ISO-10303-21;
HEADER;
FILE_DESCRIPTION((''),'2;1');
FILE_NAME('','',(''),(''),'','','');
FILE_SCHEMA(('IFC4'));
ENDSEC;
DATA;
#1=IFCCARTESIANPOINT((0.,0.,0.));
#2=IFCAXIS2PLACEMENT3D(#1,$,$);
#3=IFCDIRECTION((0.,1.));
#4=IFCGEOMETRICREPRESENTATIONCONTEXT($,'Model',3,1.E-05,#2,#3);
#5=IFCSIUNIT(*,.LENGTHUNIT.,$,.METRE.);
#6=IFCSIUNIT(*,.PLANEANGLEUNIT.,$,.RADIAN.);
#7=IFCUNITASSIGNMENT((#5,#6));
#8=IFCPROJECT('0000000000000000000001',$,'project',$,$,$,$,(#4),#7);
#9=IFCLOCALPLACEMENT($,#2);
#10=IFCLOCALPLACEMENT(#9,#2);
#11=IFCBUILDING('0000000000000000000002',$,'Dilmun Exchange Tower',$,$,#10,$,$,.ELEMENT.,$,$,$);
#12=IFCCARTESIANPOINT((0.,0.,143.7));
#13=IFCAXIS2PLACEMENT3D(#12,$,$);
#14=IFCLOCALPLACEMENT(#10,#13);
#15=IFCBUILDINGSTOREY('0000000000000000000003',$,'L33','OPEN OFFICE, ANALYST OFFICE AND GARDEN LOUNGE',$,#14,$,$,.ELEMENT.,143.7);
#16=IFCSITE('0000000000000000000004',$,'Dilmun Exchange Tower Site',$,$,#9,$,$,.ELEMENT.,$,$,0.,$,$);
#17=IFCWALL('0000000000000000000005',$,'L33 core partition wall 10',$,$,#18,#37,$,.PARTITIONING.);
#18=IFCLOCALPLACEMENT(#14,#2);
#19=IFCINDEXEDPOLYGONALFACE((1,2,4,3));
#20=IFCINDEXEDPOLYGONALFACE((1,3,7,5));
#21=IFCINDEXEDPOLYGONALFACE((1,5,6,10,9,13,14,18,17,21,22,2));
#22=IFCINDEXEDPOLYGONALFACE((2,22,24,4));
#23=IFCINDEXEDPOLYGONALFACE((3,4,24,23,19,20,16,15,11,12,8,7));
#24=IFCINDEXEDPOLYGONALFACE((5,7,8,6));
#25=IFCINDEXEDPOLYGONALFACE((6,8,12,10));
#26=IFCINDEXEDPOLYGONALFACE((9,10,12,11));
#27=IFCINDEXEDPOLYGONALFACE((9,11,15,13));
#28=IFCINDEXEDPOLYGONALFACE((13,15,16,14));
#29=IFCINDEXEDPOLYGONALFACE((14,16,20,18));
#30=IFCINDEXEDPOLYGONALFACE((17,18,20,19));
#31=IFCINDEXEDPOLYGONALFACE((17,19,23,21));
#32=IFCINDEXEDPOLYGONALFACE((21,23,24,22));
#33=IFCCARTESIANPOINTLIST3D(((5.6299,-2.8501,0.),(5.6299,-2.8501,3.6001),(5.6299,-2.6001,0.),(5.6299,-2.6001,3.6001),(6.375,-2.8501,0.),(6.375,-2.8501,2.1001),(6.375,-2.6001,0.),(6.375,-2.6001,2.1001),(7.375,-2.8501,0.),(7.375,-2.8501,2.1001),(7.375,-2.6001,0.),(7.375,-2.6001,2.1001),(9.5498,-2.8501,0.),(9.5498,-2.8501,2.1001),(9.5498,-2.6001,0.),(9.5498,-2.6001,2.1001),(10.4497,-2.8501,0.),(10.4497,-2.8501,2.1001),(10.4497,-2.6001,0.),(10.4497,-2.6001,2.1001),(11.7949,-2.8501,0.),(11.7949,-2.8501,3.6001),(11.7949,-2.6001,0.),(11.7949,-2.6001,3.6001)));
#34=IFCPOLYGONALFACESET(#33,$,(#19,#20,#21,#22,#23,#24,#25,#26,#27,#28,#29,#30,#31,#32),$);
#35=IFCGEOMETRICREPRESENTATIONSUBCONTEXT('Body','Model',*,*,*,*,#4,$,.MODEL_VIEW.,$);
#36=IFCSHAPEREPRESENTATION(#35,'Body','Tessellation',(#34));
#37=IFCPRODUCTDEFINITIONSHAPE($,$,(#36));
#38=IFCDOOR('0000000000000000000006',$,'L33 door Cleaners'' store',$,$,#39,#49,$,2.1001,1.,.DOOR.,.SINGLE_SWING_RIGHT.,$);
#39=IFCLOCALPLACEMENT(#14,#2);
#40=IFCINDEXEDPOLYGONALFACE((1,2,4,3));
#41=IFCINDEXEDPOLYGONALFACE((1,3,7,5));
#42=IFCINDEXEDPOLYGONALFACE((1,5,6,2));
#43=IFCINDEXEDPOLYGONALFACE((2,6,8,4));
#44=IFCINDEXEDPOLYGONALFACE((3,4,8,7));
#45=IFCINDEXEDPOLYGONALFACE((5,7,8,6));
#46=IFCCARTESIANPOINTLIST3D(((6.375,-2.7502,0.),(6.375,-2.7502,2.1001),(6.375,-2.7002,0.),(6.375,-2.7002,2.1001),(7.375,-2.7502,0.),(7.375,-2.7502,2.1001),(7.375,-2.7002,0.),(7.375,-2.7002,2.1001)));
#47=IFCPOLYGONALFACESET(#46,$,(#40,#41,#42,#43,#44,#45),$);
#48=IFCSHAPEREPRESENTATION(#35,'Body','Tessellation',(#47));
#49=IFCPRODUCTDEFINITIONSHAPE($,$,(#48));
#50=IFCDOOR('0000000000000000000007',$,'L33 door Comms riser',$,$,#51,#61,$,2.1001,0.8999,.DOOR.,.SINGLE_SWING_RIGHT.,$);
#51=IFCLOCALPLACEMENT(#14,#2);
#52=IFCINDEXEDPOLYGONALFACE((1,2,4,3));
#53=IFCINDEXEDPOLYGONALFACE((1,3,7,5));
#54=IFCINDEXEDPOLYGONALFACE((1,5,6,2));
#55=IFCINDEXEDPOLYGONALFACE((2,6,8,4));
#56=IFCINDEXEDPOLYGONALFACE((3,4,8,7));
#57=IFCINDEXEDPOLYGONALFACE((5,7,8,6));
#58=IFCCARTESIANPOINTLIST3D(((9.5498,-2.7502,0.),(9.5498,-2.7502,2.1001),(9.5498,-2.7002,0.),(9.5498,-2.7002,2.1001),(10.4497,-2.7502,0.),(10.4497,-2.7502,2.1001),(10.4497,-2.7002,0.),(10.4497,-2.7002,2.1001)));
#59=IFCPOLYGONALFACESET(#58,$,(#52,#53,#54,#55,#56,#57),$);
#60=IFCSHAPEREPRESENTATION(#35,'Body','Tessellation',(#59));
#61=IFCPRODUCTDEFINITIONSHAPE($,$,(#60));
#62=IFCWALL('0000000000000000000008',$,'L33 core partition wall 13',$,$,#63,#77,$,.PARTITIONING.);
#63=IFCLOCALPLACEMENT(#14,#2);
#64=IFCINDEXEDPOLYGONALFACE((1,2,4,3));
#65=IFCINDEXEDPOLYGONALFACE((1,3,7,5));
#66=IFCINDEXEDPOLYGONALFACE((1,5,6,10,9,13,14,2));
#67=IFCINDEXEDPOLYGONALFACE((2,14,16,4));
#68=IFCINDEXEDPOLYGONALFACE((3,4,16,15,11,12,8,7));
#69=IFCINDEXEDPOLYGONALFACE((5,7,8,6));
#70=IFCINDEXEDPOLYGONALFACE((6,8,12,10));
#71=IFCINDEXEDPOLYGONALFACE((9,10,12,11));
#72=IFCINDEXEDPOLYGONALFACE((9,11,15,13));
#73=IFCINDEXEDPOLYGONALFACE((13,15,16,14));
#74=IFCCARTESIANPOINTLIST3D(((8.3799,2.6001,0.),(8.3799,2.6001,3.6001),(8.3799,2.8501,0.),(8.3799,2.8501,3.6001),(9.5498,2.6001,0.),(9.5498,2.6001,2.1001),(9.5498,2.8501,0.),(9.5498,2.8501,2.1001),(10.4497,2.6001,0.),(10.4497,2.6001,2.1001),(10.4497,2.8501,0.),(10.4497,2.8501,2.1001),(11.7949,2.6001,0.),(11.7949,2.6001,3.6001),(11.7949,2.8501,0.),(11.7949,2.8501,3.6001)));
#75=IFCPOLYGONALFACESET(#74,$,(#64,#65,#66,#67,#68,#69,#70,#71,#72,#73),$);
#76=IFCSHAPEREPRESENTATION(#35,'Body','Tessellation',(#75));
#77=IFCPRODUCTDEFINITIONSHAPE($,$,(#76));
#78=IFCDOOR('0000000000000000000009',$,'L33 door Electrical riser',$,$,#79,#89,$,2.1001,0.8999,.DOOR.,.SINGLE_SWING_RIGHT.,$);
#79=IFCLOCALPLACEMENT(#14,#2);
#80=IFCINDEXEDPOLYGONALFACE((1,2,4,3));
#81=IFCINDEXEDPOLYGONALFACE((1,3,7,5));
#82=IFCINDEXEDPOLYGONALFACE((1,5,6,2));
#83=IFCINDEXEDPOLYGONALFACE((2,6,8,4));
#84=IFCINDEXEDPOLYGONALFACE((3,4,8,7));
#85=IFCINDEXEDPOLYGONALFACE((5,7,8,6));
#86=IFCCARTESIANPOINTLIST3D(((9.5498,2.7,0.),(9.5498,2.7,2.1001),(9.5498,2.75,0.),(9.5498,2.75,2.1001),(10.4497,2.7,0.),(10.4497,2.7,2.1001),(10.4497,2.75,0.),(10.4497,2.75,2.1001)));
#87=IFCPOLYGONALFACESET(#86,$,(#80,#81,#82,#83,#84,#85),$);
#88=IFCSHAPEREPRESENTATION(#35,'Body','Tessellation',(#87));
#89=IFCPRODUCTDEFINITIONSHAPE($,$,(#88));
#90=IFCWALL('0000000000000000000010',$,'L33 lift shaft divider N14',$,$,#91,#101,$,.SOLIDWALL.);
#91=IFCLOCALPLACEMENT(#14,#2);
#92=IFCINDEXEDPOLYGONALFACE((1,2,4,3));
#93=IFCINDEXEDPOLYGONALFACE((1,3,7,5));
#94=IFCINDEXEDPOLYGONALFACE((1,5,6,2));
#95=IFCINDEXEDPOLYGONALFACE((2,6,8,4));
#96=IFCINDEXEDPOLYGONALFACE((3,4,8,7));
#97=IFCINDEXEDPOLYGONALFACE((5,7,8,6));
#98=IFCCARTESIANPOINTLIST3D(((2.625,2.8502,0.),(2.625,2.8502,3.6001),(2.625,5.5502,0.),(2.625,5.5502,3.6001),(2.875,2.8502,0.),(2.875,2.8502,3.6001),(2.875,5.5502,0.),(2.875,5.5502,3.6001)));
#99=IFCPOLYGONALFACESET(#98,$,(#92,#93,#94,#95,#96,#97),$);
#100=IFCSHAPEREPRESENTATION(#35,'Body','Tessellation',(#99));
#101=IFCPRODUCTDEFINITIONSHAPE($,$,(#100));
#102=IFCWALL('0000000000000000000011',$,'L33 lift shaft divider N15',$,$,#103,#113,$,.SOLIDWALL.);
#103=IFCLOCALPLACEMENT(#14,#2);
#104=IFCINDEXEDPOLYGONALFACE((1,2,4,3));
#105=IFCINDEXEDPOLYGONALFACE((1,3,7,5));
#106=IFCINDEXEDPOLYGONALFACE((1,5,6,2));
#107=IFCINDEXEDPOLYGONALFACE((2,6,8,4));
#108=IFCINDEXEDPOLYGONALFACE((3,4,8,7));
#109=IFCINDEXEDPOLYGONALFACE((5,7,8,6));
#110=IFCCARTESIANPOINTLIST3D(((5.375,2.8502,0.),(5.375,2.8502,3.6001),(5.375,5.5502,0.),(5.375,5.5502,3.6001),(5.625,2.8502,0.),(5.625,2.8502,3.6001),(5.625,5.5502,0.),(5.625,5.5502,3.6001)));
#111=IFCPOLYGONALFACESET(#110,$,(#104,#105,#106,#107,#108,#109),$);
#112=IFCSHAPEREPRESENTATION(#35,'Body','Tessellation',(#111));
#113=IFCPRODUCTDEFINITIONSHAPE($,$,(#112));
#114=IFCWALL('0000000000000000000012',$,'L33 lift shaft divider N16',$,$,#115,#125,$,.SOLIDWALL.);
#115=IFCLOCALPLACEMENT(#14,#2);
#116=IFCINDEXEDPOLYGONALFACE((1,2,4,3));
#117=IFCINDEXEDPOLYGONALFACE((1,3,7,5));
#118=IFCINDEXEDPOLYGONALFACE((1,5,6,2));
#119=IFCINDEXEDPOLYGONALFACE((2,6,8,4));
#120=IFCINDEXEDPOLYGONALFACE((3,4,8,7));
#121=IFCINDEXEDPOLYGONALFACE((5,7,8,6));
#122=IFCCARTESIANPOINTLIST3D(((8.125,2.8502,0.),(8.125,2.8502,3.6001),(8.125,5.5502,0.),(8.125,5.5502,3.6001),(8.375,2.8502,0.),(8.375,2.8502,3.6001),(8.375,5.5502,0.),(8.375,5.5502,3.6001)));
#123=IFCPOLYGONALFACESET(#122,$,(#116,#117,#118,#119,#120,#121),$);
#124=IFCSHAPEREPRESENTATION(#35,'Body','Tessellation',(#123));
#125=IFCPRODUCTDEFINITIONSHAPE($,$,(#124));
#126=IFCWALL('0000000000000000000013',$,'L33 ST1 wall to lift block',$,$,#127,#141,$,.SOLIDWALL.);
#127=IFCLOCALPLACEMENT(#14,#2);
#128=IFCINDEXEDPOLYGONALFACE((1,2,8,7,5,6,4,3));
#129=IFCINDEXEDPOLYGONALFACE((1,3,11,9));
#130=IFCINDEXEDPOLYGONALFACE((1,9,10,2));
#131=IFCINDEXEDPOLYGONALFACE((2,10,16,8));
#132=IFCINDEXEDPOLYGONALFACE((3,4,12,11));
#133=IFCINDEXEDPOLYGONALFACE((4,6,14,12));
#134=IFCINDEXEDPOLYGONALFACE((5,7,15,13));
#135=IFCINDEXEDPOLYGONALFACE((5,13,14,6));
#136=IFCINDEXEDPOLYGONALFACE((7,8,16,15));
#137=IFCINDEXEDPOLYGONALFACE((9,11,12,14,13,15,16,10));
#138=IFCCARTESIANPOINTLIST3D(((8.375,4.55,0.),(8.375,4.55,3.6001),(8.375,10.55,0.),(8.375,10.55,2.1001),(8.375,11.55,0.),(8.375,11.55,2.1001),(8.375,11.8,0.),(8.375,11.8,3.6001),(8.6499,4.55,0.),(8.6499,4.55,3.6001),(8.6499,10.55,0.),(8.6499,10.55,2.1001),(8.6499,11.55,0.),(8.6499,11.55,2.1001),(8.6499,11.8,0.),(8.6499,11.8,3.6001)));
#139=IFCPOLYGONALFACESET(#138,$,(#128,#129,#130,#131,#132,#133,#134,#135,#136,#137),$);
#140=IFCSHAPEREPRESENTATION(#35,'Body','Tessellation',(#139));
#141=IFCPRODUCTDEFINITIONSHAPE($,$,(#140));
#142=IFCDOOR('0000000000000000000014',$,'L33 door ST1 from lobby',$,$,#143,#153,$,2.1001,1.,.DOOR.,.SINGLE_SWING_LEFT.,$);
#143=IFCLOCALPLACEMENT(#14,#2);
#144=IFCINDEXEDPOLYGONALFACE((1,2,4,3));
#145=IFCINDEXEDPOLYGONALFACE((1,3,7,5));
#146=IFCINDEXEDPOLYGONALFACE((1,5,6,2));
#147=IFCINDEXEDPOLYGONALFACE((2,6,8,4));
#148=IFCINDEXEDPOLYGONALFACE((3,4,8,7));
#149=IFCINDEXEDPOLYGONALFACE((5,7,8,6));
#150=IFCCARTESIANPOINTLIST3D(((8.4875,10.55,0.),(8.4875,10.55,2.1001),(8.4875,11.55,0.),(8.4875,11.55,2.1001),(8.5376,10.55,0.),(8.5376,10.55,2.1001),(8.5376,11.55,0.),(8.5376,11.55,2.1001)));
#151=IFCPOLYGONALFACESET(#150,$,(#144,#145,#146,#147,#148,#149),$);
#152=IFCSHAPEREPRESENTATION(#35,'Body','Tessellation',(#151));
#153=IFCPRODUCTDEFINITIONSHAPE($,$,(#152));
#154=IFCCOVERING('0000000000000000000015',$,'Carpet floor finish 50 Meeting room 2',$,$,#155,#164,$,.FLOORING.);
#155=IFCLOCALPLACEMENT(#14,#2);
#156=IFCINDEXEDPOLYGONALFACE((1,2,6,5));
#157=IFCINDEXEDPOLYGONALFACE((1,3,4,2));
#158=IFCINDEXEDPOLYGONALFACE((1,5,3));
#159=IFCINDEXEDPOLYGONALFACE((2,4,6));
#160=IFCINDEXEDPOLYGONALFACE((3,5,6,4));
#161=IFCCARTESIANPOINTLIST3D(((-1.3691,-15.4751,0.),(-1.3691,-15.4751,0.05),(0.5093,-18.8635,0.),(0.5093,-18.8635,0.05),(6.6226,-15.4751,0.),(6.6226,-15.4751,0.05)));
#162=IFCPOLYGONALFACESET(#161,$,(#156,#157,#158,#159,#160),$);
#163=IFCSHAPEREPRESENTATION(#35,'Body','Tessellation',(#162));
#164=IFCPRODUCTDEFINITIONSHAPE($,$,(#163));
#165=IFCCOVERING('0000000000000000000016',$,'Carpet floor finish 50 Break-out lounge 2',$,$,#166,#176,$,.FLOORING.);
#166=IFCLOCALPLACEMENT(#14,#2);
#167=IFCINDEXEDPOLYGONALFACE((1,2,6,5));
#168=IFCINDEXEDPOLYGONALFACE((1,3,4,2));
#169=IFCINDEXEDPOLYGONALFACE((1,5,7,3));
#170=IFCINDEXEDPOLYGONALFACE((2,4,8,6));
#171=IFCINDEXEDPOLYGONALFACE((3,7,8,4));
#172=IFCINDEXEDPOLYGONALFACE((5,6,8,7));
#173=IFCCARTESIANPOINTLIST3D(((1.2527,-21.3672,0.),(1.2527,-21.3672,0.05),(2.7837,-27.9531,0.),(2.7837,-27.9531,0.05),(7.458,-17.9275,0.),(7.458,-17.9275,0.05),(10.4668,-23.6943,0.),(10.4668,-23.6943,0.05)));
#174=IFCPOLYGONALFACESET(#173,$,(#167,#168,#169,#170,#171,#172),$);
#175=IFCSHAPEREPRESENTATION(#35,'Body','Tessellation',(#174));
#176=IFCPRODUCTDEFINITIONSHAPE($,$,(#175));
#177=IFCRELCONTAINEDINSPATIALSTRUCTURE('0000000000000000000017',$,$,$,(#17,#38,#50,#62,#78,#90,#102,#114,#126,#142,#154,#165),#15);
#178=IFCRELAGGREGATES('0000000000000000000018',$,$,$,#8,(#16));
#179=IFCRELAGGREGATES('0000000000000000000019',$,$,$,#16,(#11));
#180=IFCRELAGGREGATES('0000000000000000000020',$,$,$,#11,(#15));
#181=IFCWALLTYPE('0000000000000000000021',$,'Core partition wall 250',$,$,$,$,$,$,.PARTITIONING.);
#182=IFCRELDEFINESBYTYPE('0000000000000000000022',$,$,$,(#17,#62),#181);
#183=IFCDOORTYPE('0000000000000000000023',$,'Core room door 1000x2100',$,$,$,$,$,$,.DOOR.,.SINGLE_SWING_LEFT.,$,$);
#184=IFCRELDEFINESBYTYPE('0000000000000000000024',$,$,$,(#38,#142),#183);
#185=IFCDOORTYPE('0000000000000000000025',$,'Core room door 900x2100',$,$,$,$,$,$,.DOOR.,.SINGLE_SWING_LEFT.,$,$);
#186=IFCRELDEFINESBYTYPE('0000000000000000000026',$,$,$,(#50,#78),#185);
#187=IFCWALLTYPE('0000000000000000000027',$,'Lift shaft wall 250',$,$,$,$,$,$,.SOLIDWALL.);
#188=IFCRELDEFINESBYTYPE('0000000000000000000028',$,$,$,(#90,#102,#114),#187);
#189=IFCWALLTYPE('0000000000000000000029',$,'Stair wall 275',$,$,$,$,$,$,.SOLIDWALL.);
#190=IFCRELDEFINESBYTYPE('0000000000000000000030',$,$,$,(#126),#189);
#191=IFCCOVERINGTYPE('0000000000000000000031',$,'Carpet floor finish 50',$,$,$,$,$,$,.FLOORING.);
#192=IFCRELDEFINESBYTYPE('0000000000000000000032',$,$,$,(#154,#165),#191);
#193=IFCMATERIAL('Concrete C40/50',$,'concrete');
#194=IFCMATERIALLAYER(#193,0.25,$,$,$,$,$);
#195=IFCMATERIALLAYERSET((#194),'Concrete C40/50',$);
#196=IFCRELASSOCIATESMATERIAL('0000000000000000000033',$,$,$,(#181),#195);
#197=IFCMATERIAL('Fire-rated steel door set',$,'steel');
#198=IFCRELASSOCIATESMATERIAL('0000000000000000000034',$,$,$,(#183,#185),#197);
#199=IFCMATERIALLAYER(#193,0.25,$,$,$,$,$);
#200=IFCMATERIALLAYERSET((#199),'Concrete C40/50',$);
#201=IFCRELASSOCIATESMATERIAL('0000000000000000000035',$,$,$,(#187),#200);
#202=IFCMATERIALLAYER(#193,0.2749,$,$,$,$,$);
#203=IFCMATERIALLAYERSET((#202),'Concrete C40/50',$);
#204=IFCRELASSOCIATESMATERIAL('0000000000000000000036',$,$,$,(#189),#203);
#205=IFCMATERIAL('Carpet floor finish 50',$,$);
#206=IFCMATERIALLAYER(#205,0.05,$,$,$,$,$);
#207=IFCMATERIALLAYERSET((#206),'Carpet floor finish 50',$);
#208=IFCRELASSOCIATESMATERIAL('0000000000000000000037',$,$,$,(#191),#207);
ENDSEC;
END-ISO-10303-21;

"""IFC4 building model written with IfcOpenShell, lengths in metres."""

from ifc_helpers import new_model, si_unit, direction, frame, frame_2d, origin, place, context, subcontext, project, spatial, polyline, rectangle, outline, extrude, material, layer, layer_set, type_object, element, fill, save


model = new_model("IFC4")

# Units and contexts
model_context = context("Model", 3, precision=1e-05, world=origin(), true_north=direction((0.0, 1.0)))
body_context = subcontext(model_context, "Body", "Model", "MODEL_VIEW")
ifc_project = project(units=[si_unit("LENGTHUNIT", "METRE"), si_unit("PLANEANGLEUNIT", "RADIAN")], contexts=[model_context])

# Site, building, storey
site_placement = place(None, origin())
site = spatial("IfcSite", under=ifc_project, at=site_placement, Name="Dilmun Exchange Tower Site", CompositionType="ELEMENT", RefElevation=0.0)
building_placement = place(site_placement, origin())
building = spatial("IfcBuilding", under=site, at=building_placement, Name="Dilmun Exchange Tower", CompositionType="ELEMENT")
storey_placement = place(building_placement, frame((0.0, 0.0, 143.7)))
storey = spatial("IfcBuildingStorey", under=building, at=storey_placement, Name="L33", Description="OPEN OFFICE, ANALYST OFFICE AND GARDEN LOUNGE", CompositionType="ELEMENT", Elevation=143.7)

# Shared definitions
ifc_material_1 = material(Name="Concrete C40/50", Category="concrete")
ifc_material_2 = material(Name="Fire-rated steel door set", Category="steel")

# Wall, openings, doors
ifc_layer_1 = layer(ifc_material_1, 0.25)
ifc_layer_set_1 = layer_set([ifc_layer_1], Name="Concrete C40/50")
wall_type_1 = type_object("IfcWallType", Name="Core partition wall 250", PredefinedType="PARTITIONING", material=ifc_layer_set_1)
wall_1_placement = place(storey_placement, frame((5.6299, -2.7251, 0.0), z_axis=(0.0, 0.0, 1.0), x_axis=(1.0, 0.0, 0.0)))
wall_1 = element("IfcWall", 1, at=wall_1_placement, inside=storey, type_object=wall_type_1, Name="L33 core partition wall 10", PredefinedType="PARTITIONING", context=body_context, shape_type="SweptSolid", body=[
    extrude(rectangle(XDim=6.165, YDim=0.25, at=frame_2d((3.0825, 0.0))), origin(), (0.0, 0.0, 1.0), 3.6001),
])
opening_1_placement = place(wall_1_placement, frame((0.7451, 0.0, 0.0)))
opening_1 = element("IfcOpeningElement", 2, at=opening_1_placement, cuts=wall_1, PredefinedType="OPENING", context=body_context, shape_type="SweptSolid", body=[
    extrude(rectangle(XDim=1.0, YDim=2.1001, at=frame_2d((0.5, 1.05))), frame((0.0, 0.135, 0.0), z_axis=(0.0, -1.0, 0.0), x_axis=(1.0, 0.0, 0.0)), (0.0, 0.0, 1.0), 0.27),
])
opening_2_placement = place(wall_1_placement, frame((3.9199, 0.0, 0.0)))
opening_2 = element("IfcOpeningElement", 3, at=opening_2_placement, cuts=wall_1, PredefinedType="OPENING", context=body_context, shape_type="SweptSolid", body=[
    extrude(rectangle(XDim=0.8999, YDim=2.1001, at=frame_2d((0.45, 1.05))), frame((0.0, 0.135, 0.0), z_axis=(0.0, -1.0, 0.0), x_axis=(1.0, 0.0, 0.0)), (0.0, 0.0, 1.0), 0.27),
])
door_type_1 = type_object("IfcDoorType", Name="Core room door 1000x2100", OperationType="SINGLE_SWING_LEFT", PredefinedType="DOOR", material=ifc_material_2)
door_1_placement = place(opening_1_placement, origin())
door_1 = element("IfcDoor", 4, at=door_1_placement, inside=storey, type_object=door_type_1, Name="L33 door Cleaners' store", OperationType="SINGLE_SWING_RIGHT", OverallHeight=2.1001, OverallWidth=1.0, PredefinedType="DOOR", context=body_context, shape_type="SweptSolid", body=[
    extrude(rectangle(XDim=1.0, YDim=2.1001, at=frame_2d((0.5, 1.05))), frame((0.0, 0.0249, 0.0), z_axis=(0.0, -1.0, 0.0), x_axis=(1.0, 0.0, 0.0)), (0.0, 0.0, 1.0), 0.05),
])
fill(opening_1, door_1)
door_type_2 = type_object("IfcDoorType", Name="Core room door 900x2100", OperationType="SINGLE_SWING_LEFT", PredefinedType="DOOR", material=ifc_material_2)
door_2_placement = place(opening_2_placement, origin())
door_2 = element("IfcDoor", 5, at=door_2_placement, inside=storey, type_object=door_type_2, Name="L33 door Comms riser", OperationType="SINGLE_SWING_RIGHT", OverallHeight=2.1001, OverallWidth=0.8999, PredefinedType="DOOR", context=body_context, shape_type="SweptSolid", body=[
    extrude(rectangle(XDim=0.8999, YDim=2.1001, at=frame_2d((0.45, 1.05))), frame((0.0, 0.0249, 0.0), z_axis=(0.0, -1.0, 0.0), x_axis=(1.0, 0.0, 0.0)), (0.0, 0.0, 1.0), 0.05),
])
fill(opening_2, door_2)

# Wall, opening, door
wall_2_placement = place(storey_placement, frame((8.3799, 2.7251, 0.0), z_axis=(0.0, 0.0, 1.0), x_axis=(1.0, 0.0, 0.0)))
wall_2 = element("IfcWall", 6, at=wall_2_placement, inside=storey, type_object=wall_type_1, Name="L33 core partition wall 13", PredefinedType="PARTITIONING", context=body_context, shape_type="SweptSolid", body=[
    extrude(rectangle(XDim=3.415, YDim=0.25, at=frame_2d((1.7075, 0.0))), origin(), (0.0, 0.0, 1.0), 3.6001),
])
opening_3_placement = place(wall_2_placement, frame((1.1699, 0.0, 0.0)))
opening_3 = element("IfcOpeningElement", 7, at=opening_3_placement, cuts=wall_2, PredefinedType="OPENING", context=body_context, shape_type="SweptSolid", body=[
    extrude(rectangle(XDim=0.8999, YDim=2.1001, at=frame_2d((0.45, 1.05))), frame((0.0, 0.135, 0.0), z_axis=(0.0, -1.0, 0.0), x_axis=(1.0, 0.0, 0.0)), (0.0, 0.0, 1.0), 0.27),
])
door_3_placement = place(opening_3_placement, origin())
door_3 = element("IfcDoor", 8, at=door_3_placement, inside=storey, type_object=door_type_2, Name="L33 door Electrical riser", OperationType="SINGLE_SWING_RIGHT", OverallHeight=2.1001, OverallWidth=0.8999, PredefinedType="DOOR", context=body_context, shape_type="SweptSolid", body=[
    extrude(rectangle(XDim=0.8999, YDim=2.1001, at=frame_2d((0.45, 1.05))), frame((0.0, 0.0249, 0.0), z_axis=(0.0, -1.0, 0.0), x_axis=(1.0, 0.0, 0.0)), (0.0, 0.0, 1.0), 0.05),
])
fill(opening_3, door_3)

# Walls
ifc_layer_2 = layer(ifc_material_1, 0.25)
ifc_layer_set_2 = layer_set([ifc_layer_2], Name="Concrete C40/50")
wall_type_2 = type_object("IfcWallType", Name="Lift shaft wall 250", PredefinedType="SOLIDWALL", material=ifc_layer_set_2)
for number, where, z_axis, x_axis, name in (
    (9, (2.75, 2.8501, 0.0), (0.0, 0.0, 1.0), (0.0, 1.0, 0.0), "L33 lift shaft divider N14"),
    (10, (5.5, 2.8501, 0.0), (0.0, 0.0, 1.0), (0.0, 1.0, 0.0), "L33 lift shaft divider N15"),
    (11, (8.25, 2.8501, 0.0), (0.0, 0.0, 1.0), (0.0, 1.0, 0.0), "L33 lift shaft divider N16"),
):
    element("IfcWall", number, at=place(storey_placement, frame(where, z_axis=z_axis, x_axis=x_axis)), inside=storey, type_object=wall_type_2, Name=name, PredefinedType="SOLIDWALL", context=body_context, shape_type="SweptSolid", body=[
        extrude(rectangle(XDim=2.7, YDim=0.25, at=frame_2d((1.3501, 0.0))), origin(), (0.0, 0.0, 1.0), 3.6001),
    ])

# Wall, opening, door
ifc_layer_3 = layer(ifc_material_1, 0.2749)
ifc_layer_set_3 = layer_set([ifc_layer_3], Name="Concrete C40/50")
wall_type_3 = type_object("IfcWallType", Name="Stair wall 275", PredefinedType="SOLIDWALL", material=ifc_layer_set_3)
wall_3_placement = place(storey_placement, frame((8.5125, 4.55, 0.0), z_axis=(0.0, 0.0, 1.0), x_axis=(0.0, 1.0, 0.0)))
wall_3 = element("IfcWall", 12, at=wall_3_placement, inside=storey, type_object=wall_type_3, Name="L33 ST1 wall to lift block", PredefinedType="SOLIDWALL", context=body_context, shape_type="SweptSolid", body=[
    extrude(rectangle(XDim=7.25, YDim=0.2749, at=frame_2d((3.625, 0.0))), origin(), (0.0, 0.0, 1.0), 3.6001),
])
opening_4_placement = place(wall_3_placement, frame((6.0, 0.0, 0.0)))
opening_4 = element("IfcOpeningElement", 13, at=opening_4_placement, cuts=wall_3, PredefinedType="OPENING", context=body_context, shape_type="SweptSolid", body=[
    extrude(rectangle(XDim=1.0, YDim=2.1001, at=frame_2d((0.5, 1.05))), frame((0.0, 0.1475, 0.0), z_axis=(0.0, -1.0, 0.0), x_axis=(1.0, 0.0, 0.0)), (0.0, 0.0, 1.0), 0.2949),
])
door_4_placement = place(opening_4_placement, origin())
door_4 = element("IfcDoor", 14, at=door_4_placement, inside=storey, type_object=door_type_1, Name="L33 door ST1 from lobby", OperationType="SINGLE_SWING_LEFT", OverallHeight=2.1001, OverallWidth=1.0, PredefinedType="DOOR", context=body_context, shape_type="SweptSolid", body=[
    extrude(rectangle(XDim=1.0, YDim=2.1001, at=frame_2d((0.5, 1.05))), frame((0.0, 0.0249, 0.0), z_axis=(0.0, -1.0, 0.0), x_axis=(1.0, 0.0, 0.0)), (0.0, 0.0, 1.0), 0.05),
])
fill(opening_4, door_4)

# Coverings
ifc_material_3 = material(Name="Carpet floor finish 50")
ifc_layer_4 = layer(ifc_material_3, 0.05)
ifc_layer_set_4 = layer_set([ifc_layer_4], Name="Carpet floor finish 50")
covering_type_1 = type_object("IfcCoveringType", Name="Carpet floor finish 50", PredefinedType="FLOORING", material=ifc_layer_set_4)
covering_1_placement = place(storey_placement, origin())
element("IfcCovering", 15, at=covering_1_placement, inside=storey, type_object=covering_type_1, Name="Carpet floor finish 50 Meeting room 2", PredefinedType="FLOORING", context=body_context, shape_type="SweptSolid", body=[
    extrude(outline(polyline([(-1.3691, -15.4751), (6.6226, -15.4751), (0.5093, -18.8635), (-1.3691, -15.4751)])), origin(), (0.0, 0.0, 1.0), 0.05),
])
covering_2_placement = place(storey_placement, origin())
element("IfcCovering", 16, at=covering_2_placement, inside=storey, type_object=covering_type_1, Name="Carpet floor finish 50 Break-out lounge 2", PredefinedType="FLOORING", context=body_context, shape_type="SweptSolid", body=[
    extrude(outline(polyline([(7.458, -17.9275), (10.4668, -23.6943), (2.7837, -27.9531), (1.2527, -21.3672), (7.458, -17.9275)])), origin(), (0.0, 0.0, 1.0), 0.05),
])

save(model, "model.ifc")
